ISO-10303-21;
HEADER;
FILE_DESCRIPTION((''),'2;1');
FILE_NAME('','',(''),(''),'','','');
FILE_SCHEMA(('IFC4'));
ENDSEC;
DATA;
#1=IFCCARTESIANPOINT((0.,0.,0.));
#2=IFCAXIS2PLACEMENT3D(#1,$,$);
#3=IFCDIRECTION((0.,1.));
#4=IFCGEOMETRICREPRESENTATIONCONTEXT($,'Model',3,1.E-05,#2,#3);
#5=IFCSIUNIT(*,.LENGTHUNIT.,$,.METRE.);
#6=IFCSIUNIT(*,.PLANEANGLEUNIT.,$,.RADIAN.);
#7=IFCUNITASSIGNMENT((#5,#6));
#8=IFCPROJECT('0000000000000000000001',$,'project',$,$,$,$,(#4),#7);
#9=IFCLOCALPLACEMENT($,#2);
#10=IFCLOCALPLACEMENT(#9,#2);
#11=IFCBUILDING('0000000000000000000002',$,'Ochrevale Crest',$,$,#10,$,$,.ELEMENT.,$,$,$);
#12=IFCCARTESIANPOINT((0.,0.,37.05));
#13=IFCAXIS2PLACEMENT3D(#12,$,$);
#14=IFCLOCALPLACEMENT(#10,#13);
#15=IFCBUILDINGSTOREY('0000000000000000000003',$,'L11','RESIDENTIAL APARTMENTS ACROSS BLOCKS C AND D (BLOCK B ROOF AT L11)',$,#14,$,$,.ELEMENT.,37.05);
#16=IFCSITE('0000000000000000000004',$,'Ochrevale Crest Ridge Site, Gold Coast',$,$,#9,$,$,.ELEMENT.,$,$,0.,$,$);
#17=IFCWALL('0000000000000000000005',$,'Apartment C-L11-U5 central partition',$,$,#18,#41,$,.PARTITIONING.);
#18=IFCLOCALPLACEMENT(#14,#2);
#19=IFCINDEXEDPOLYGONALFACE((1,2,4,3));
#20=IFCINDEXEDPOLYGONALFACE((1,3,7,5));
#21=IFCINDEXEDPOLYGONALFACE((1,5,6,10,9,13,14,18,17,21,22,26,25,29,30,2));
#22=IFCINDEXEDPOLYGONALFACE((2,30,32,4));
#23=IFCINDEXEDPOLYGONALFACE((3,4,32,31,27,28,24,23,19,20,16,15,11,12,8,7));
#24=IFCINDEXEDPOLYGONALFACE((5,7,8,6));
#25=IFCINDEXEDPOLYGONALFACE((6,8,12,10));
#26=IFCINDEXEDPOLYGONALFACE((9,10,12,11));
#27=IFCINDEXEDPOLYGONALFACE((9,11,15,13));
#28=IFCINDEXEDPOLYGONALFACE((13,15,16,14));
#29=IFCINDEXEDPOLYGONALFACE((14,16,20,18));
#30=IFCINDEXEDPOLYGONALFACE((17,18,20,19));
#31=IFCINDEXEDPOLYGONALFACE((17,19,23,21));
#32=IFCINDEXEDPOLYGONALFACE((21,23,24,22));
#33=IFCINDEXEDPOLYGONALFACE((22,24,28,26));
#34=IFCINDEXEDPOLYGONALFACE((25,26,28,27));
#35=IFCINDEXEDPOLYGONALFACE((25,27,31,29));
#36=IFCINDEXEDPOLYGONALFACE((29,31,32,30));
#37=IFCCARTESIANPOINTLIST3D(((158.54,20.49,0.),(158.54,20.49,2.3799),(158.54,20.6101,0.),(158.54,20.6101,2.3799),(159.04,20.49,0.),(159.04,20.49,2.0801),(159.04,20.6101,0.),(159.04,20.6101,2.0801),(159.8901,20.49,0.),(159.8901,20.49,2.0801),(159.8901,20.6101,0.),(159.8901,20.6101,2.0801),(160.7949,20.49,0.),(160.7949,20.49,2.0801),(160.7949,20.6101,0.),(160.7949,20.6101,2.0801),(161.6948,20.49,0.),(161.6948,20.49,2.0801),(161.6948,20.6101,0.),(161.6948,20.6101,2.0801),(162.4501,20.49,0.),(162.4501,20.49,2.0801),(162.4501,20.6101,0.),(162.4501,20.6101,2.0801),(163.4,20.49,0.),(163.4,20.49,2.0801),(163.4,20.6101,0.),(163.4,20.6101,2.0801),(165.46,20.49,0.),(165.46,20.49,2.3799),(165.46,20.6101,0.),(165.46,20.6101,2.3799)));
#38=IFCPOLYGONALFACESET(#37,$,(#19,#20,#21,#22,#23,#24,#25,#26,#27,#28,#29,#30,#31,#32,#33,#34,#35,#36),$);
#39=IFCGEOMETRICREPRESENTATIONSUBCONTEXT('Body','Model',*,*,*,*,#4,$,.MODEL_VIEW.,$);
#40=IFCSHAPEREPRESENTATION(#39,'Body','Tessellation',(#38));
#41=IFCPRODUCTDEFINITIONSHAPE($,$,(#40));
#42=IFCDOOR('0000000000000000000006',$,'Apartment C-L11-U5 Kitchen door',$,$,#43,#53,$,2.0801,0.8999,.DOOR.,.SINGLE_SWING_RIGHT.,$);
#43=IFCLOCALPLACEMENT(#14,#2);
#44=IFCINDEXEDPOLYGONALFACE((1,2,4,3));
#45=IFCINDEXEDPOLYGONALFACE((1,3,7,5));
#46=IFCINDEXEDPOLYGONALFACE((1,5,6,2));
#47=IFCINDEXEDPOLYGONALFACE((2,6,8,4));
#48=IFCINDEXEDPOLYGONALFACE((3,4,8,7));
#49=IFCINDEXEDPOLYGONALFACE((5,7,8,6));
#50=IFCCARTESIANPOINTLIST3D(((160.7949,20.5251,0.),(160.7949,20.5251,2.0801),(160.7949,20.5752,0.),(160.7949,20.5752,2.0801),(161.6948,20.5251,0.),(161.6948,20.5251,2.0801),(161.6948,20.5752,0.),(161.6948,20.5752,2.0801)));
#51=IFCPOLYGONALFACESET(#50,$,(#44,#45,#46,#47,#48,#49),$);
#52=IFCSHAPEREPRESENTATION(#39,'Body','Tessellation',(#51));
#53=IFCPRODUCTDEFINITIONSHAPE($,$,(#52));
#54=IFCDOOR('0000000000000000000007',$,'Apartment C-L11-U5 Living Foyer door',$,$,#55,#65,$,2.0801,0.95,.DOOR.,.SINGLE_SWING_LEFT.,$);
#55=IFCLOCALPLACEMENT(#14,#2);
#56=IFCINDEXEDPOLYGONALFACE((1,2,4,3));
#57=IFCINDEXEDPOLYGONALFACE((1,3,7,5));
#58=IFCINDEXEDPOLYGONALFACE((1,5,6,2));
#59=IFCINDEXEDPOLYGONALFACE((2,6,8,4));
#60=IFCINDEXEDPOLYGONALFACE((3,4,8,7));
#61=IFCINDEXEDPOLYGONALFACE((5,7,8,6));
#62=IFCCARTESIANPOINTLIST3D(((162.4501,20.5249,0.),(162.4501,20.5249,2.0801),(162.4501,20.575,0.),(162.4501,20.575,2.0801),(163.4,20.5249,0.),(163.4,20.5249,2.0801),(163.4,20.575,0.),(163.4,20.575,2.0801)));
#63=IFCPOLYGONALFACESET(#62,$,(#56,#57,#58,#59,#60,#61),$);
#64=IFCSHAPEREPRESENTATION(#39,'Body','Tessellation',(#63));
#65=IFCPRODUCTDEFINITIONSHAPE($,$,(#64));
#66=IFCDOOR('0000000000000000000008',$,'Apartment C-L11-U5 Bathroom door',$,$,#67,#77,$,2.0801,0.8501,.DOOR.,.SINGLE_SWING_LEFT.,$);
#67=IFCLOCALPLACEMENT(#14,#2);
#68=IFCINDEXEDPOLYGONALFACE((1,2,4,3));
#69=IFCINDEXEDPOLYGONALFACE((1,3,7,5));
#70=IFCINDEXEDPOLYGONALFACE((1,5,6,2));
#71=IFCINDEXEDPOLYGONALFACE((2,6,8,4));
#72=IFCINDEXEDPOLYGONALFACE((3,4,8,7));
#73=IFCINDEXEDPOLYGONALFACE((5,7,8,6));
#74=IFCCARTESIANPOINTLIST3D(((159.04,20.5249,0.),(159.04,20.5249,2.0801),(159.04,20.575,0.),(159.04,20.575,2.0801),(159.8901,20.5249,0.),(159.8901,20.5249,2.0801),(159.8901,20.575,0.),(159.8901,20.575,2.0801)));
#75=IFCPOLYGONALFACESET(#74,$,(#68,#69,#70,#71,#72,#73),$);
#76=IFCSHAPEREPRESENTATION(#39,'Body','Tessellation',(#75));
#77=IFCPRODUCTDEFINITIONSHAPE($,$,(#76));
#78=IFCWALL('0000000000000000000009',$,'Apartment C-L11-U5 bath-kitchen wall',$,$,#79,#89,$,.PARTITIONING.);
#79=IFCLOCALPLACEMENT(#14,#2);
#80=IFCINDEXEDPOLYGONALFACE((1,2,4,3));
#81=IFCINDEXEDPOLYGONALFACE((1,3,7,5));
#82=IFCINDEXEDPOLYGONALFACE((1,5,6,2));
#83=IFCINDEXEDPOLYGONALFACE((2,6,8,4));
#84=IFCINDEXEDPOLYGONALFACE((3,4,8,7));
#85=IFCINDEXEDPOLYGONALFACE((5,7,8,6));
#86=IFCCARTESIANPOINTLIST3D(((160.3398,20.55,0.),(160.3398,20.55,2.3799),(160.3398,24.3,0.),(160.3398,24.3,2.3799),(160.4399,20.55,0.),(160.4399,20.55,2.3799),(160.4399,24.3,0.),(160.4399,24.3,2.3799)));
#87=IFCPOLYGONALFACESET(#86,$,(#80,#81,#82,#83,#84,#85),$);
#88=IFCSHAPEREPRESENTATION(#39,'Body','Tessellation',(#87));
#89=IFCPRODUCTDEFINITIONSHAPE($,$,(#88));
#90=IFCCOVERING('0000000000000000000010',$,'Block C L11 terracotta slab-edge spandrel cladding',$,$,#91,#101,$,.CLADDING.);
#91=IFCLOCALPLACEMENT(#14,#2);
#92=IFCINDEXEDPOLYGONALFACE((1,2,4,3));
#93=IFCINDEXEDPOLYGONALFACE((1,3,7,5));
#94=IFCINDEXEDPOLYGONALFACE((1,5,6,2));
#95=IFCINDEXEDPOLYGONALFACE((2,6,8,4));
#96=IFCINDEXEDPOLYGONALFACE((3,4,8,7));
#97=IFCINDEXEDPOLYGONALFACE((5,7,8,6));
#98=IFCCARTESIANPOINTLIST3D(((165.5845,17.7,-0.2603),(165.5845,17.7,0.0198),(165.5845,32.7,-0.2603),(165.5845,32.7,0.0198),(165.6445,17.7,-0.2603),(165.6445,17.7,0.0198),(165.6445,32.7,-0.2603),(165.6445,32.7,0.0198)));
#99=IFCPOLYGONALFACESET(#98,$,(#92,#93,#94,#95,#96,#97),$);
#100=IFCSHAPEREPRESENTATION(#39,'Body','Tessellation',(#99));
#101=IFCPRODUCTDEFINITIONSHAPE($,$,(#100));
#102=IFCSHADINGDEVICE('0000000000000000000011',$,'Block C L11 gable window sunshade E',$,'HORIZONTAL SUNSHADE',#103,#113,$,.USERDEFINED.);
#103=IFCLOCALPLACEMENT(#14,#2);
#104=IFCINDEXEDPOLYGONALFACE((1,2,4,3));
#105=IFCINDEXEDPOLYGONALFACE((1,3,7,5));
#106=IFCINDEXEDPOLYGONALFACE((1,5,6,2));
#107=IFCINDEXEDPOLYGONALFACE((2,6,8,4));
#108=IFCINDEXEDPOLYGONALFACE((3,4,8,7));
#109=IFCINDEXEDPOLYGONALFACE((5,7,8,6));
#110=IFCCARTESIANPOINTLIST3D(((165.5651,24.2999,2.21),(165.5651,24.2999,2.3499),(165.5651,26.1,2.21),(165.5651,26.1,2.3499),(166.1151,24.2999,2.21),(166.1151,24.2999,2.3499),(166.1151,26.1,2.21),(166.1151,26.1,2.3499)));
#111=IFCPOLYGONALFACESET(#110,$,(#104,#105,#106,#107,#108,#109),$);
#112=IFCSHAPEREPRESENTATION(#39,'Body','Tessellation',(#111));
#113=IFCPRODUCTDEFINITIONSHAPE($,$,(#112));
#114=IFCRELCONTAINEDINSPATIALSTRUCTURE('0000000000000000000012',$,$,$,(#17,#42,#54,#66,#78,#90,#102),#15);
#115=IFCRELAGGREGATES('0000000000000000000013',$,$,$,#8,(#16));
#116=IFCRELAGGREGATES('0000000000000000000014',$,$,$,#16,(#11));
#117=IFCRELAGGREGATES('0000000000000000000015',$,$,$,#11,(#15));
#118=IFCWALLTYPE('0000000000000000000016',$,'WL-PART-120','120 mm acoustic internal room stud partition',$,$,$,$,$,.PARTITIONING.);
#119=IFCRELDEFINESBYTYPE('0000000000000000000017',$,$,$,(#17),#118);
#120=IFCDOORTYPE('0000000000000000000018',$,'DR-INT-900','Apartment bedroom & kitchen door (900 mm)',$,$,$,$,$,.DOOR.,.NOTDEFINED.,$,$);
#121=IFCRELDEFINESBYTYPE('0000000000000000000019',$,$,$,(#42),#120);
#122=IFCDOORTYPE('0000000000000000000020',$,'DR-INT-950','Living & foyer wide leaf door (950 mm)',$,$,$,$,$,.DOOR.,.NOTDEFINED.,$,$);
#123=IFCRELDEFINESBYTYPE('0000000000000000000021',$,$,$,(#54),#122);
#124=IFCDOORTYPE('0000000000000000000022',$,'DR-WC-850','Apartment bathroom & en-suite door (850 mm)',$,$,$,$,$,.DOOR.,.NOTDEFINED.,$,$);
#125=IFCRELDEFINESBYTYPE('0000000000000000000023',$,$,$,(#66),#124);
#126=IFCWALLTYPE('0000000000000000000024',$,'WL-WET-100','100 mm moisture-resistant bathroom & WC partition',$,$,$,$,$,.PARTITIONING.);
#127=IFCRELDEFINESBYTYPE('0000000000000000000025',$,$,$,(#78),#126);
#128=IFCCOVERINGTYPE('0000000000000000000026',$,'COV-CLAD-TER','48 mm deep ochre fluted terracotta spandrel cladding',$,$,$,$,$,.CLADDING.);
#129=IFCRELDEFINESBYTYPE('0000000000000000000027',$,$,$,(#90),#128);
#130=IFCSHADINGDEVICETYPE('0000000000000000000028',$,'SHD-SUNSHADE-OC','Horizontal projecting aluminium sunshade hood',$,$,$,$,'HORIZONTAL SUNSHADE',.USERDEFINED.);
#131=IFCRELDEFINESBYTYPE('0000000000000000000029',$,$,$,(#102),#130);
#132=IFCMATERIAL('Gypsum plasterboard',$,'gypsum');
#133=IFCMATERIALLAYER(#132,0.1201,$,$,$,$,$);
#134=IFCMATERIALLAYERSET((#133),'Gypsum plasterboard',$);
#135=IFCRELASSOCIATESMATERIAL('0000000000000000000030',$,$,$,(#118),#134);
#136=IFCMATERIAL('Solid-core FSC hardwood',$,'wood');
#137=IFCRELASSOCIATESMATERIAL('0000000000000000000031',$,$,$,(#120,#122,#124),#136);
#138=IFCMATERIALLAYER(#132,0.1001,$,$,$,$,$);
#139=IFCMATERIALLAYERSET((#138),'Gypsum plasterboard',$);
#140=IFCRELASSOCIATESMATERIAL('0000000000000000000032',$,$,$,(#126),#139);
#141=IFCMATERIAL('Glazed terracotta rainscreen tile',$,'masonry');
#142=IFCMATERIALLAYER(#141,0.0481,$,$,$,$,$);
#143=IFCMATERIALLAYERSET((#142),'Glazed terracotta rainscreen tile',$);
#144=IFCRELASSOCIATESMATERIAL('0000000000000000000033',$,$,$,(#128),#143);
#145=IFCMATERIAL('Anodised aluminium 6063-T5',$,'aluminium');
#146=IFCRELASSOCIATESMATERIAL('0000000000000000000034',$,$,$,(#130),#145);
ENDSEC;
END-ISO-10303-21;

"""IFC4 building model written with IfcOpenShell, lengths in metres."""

from ifc_helpers import new_model, si_unit, direction, frame, frame_2d, origin, origin_2d, place, context, subcontext, project, spatial, rectangle, extrude, material, layer, layer_set, type_object, element, fill, save


model = new_model("IFC4")

# Units and contexts
model_context = context("Model", 3, precision=1e-05, world=origin(), true_north=direction((0.0, 1.0)))
body_context = subcontext(model_context, "Body", "Model", "MODEL_VIEW")
ifc_project = project(units=[si_unit("LENGTHUNIT", "METRE"), si_unit("PLANEANGLEUNIT", "RADIAN")], contexts=[model_context])

# Site, building, storey
site_placement = place(None, origin())
site = spatial("IfcSite", under=ifc_project, at=site_placement, Name="Ochrevale Crest Ridge Site, Gold Coast", CompositionType="ELEMENT", RefElevation=0.0)
building_placement = place(site_placement, origin())
building = spatial("IfcBuilding", under=site, at=building_placement, Name="Ochrevale Crest", CompositionType="ELEMENT")
storey_placement = place(building_placement, frame((0.0, 0.0, 37.05)))
storey = spatial("IfcBuildingStorey", under=building, at=storey_placement, Name="L11", Description="RESIDENTIAL APARTMENTS ACROSS BLOCKS C AND D (BLOCK B ROOF AT L11)", CompositionType="ELEMENT", Elevation=37.05)

# Shared definitions
ifc_material_1 = material(Name="Anodised aluminium 6063-T5", Category="aluminium")

# Shared definitions
ifc_material_2 = material(Name="Gypsum plasterboard", Category="gypsum")
ifc_material_3 = material(Name="Solid-core FSC hardwood", Category="wood")

# Shared definitions
ifc_layer_1 = layer(ifc_material_2, 0.1201)
ifc_layer_set_1 = layer_set([ifc_layer_1], Name="Gypsum plasterboard")
wall_type_1 = type_object("IfcWallType", Name="WL-PART-120", Description="120 mm acoustic internal room stud partition", PredefinedType="PARTITIONING", material=ifc_layer_set_1)

# Wall, openings, doors
wall_1_placement = place(storey_placement, frame((158.54, 20.55, 0.0), z_axis=(0.0, 0.0, 1.0), x_axis=(1.0, 0.0, 0.0)))
wall_1 = element("IfcWall", 1, at=wall_1_placement, inside=storey, type_object=wall_type_1, Name="Apartment C-L11-U5 central partition", PredefinedType="PARTITIONING", context=body_context, shape_type="SweptSolid", body=[
    extrude(rectangle(XDim=6.9199, YDim=0.1201, at=frame_2d((3.46, 0.0))), origin(), (0.0, 0.0, 1.0), 2.3799),
])
opening_1_placement = place(wall_1_placement, frame((0.5, 0.0, 0.0)))
opening_1 = element("IfcOpeningElement", 2, at=opening_1_placement, cuts=wall_1, PredefinedType="OPENING", context=body_context, shape_type="SweptSolid", body=[
    extrude(rectangle(XDim=0.8501, YDim=2.0801, at=frame_2d((0.425, 1.04))), frame((0.0, 0.0701, 0.0), z_axis=(0.0, -1.0, 0.0), x_axis=(1.0, 0.0, 0.0)), (0.0, 0.0, 1.0), 0.1401),
])
opening_2_placement = place(wall_1_placement, frame((3.1548, 0.0, 0.0), z_axis=(0.0, 0.0, 1.0), x_axis=(-1.0, 0.0, 0.0)))
opening_2 = element("IfcOpeningElement", 3, at=opening_2_placement, cuts=wall_1, PredefinedType="OPENING", context=body_context, shape_type="SweptSolid", body=[
    extrude(rectangle(XDim=0.8999, YDim=2.0801, at=frame_2d((0.45, 1.04))), frame((0.0, 0.0701, 0.0), z_axis=(0.0, -1.0, 0.0), x_axis=(1.0, 0.0, 0.0)), (0.0, 0.0, 1.0), 0.1401),
])
opening_3_placement = place(wall_1_placement, frame((3.9099, 0.0, 0.0)))
opening_3 = element("IfcOpeningElement", 4, at=opening_3_placement, cuts=wall_1, PredefinedType="OPENING", context=body_context, shape_type="SweptSolid", body=[
    extrude(rectangle(XDim=0.95, YDim=2.0801, at=frame_2d((0.4751, 1.04))), frame((0.0, 0.0701, 0.0), z_axis=(0.0, -1.0, 0.0), x_axis=(1.0, 0.0, 0.0)), (0.0, 0.0, 1.0), 0.1401),
])
door_type_1 = type_object("IfcDoorType", Name="DR-INT-900", Description="Apartment bedroom & kitchen door (900 mm)", OperationType="NOTDEFINED", PredefinedType="DOOR", material=ifc_material_3)
door_1_placement = place(opening_2_placement, origin())
door_1 = element("IfcDoor", 5, at=door_1_placement, inside=storey, type_object=door_type_1, Name="Apartment C-L11-U5 Kitchen door", OperationType="SINGLE_SWING_RIGHT", OverallHeight=2.0801, OverallWidth=0.8999, PredefinedType="DOOR", context=body_context, shape_type="SweptSolid", body=[
    extrude(rectangle(XDim=0.8999, YDim=2.0801, at=frame_2d((0.45, 1.04))), frame((0.0, 0.0249, 0.0), z_axis=(0.0, -1.0, 0.0), x_axis=(1.0, 0.0, 0.0)), (0.0, 0.0, 1.0), 0.05),
])
fill(opening_2, door_1)
door_type_2 = type_object("IfcDoorType", Name="DR-INT-950", Description="Living & foyer wide leaf door (950 mm)", OperationType="NOTDEFINED", PredefinedType="DOOR", material=ifc_material_3)
door_2_placement = place(opening_3_placement, origin())
door_2 = element("IfcDoor", 6, at=door_2_placement, inside=storey, type_object=door_type_2, Name="Apartment C-L11-U5 Living Foyer door", OperationType="SINGLE_SWING_LEFT", OverallHeight=2.0801, OverallWidth=0.95, PredefinedType="DOOR", context=body_context, shape_type="SweptSolid", body=[
    extrude(rectangle(XDim=0.95, YDim=2.0801, at=frame_2d((0.4751, 1.04))), frame((0.0, 0.0249, 0.0), z_axis=(0.0, -1.0, 0.0), x_axis=(1.0, 0.0, 0.0)), (0.0, 0.0, 1.0), 0.05),
])
fill(opening_3, door_2)
door_type_3 = type_object("IfcDoorType", Name="DR-WC-850", Description="Apartment bathroom & en-suite door (850 mm)", OperationType="NOTDEFINED", PredefinedType="DOOR", material=ifc_material_3)
door_3_placement = place(opening_1_placement, origin())
door_3 = element("IfcDoor", 7, at=door_3_placement, inside=storey, type_object=door_type_3, Name="Apartment C-L11-U5 Bathroom door", OperationType="SINGLE_SWING_LEFT", OverallHeight=2.0801, OverallWidth=0.8501, PredefinedType="DOOR", context=body_context, shape_type="SweptSolid", body=[
    extrude(rectangle(XDim=0.8501, YDim=2.0801, at=frame_2d((0.425, 1.04))), frame((0.0, 0.0249, 0.0), z_axis=(0.0, -1.0, 0.0), x_axis=(1.0, 0.0, 0.0)), (0.0, 0.0, 1.0), 0.05),
])
fill(opening_1, door_3)

# Wall
ifc_layer_2 = layer(ifc_material_2, 0.1001)
ifc_layer_set_2 = layer_set([ifc_layer_2], Name="Gypsum plasterboard")
wall_type_2 = type_object("IfcWallType", Name="WL-WET-100", Description="100 mm moisture-resistant bathroom & WC partition", PredefinedType="PARTITIONING", material=ifc_layer_set_2)
wall_2_placement = place(storey_placement, frame((160.3899, 20.55, 0.0), z_axis=(0.0, 0.0, 1.0), x_axis=(0.0, 1.0, 0.0)))
element("IfcWall", 8, at=wall_2_placement, inside=storey, type_object=wall_type_2, Name="Apartment C-L11-U5 bath-kitchen wall", PredefinedType="PARTITIONING", context=body_context, shape_type="SweptSolid", body=[
    extrude(rectangle(XDim=3.75, YDim=0.1001, at=frame_2d((1.875, 0.0))), origin(), (0.0, 0.0, 1.0), 2.3799),
])

# Covering
ifc_material_4 = material(Name="Glazed terracotta rainscreen tile", Category="masonry")
ifc_layer_3 = layer(ifc_material_4, 0.0481)
ifc_layer_set_3 = layer_set([ifc_layer_3], Name="Glazed terracotta rainscreen tile")
covering_type = type_object("IfcCoveringType", Name="COV-CLAD-TER", Description="48 mm deep ochre fluted terracotta spandrel cladding", PredefinedType="CLADDING", material=ifc_layer_set_3)
covering_placement = place(storey_placement, frame((165.6145, 25.2, -0.2603), z_axis=(0.0, 0.0, 1.0), x_axis=(0.0, 1.0, 0.0)))
element("IfcCovering", 9, at=covering_placement, inside=storey, type_object=covering_type, Name="Block C L11 terracotta slab-edge spandrel cladding", PredefinedType="CLADDING", context=body_context, shape_type="SweptSolid", body=[
    extrude(rectangle(XDim=15.0, YDim=0.0601, at=origin_2d()), origin(), (0.0, 0.0, 1.0), 0.28),
])

# Shading device
shading_device_type = type_object("IfcShadingDeviceType", Name="SHD-SUNSHADE-OC", Description="Horizontal projecting aluminium sunshade hood", ElementType="HORIZONTAL SUNSHADE", PredefinedType="USERDEFINED", material=ifc_material_1)
shading_device_placement = place(storey_placement, frame((165.8401, 25.2, 2.21), z_axis=(0.0, 0.0, 1.0), x_axis=(1.0, 0.0, 0.0)))
element("IfcShadingDevice", 10, at=shading_device_placement, inside=storey, type_object=shading_device_type, Name="Block C L11 gable window sunshade E", ObjectType="HORIZONTAL SUNSHADE", PredefinedType="USERDEFINED", context=body_context, shape_type="SweptSolid", body=[
    extrude(rectangle(XDim=0.55, YDim=1.8, at=origin_2d()), origin(), (0.0, 0.0, 1.0), 0.1399),
])

save(model, "model.ifc")
